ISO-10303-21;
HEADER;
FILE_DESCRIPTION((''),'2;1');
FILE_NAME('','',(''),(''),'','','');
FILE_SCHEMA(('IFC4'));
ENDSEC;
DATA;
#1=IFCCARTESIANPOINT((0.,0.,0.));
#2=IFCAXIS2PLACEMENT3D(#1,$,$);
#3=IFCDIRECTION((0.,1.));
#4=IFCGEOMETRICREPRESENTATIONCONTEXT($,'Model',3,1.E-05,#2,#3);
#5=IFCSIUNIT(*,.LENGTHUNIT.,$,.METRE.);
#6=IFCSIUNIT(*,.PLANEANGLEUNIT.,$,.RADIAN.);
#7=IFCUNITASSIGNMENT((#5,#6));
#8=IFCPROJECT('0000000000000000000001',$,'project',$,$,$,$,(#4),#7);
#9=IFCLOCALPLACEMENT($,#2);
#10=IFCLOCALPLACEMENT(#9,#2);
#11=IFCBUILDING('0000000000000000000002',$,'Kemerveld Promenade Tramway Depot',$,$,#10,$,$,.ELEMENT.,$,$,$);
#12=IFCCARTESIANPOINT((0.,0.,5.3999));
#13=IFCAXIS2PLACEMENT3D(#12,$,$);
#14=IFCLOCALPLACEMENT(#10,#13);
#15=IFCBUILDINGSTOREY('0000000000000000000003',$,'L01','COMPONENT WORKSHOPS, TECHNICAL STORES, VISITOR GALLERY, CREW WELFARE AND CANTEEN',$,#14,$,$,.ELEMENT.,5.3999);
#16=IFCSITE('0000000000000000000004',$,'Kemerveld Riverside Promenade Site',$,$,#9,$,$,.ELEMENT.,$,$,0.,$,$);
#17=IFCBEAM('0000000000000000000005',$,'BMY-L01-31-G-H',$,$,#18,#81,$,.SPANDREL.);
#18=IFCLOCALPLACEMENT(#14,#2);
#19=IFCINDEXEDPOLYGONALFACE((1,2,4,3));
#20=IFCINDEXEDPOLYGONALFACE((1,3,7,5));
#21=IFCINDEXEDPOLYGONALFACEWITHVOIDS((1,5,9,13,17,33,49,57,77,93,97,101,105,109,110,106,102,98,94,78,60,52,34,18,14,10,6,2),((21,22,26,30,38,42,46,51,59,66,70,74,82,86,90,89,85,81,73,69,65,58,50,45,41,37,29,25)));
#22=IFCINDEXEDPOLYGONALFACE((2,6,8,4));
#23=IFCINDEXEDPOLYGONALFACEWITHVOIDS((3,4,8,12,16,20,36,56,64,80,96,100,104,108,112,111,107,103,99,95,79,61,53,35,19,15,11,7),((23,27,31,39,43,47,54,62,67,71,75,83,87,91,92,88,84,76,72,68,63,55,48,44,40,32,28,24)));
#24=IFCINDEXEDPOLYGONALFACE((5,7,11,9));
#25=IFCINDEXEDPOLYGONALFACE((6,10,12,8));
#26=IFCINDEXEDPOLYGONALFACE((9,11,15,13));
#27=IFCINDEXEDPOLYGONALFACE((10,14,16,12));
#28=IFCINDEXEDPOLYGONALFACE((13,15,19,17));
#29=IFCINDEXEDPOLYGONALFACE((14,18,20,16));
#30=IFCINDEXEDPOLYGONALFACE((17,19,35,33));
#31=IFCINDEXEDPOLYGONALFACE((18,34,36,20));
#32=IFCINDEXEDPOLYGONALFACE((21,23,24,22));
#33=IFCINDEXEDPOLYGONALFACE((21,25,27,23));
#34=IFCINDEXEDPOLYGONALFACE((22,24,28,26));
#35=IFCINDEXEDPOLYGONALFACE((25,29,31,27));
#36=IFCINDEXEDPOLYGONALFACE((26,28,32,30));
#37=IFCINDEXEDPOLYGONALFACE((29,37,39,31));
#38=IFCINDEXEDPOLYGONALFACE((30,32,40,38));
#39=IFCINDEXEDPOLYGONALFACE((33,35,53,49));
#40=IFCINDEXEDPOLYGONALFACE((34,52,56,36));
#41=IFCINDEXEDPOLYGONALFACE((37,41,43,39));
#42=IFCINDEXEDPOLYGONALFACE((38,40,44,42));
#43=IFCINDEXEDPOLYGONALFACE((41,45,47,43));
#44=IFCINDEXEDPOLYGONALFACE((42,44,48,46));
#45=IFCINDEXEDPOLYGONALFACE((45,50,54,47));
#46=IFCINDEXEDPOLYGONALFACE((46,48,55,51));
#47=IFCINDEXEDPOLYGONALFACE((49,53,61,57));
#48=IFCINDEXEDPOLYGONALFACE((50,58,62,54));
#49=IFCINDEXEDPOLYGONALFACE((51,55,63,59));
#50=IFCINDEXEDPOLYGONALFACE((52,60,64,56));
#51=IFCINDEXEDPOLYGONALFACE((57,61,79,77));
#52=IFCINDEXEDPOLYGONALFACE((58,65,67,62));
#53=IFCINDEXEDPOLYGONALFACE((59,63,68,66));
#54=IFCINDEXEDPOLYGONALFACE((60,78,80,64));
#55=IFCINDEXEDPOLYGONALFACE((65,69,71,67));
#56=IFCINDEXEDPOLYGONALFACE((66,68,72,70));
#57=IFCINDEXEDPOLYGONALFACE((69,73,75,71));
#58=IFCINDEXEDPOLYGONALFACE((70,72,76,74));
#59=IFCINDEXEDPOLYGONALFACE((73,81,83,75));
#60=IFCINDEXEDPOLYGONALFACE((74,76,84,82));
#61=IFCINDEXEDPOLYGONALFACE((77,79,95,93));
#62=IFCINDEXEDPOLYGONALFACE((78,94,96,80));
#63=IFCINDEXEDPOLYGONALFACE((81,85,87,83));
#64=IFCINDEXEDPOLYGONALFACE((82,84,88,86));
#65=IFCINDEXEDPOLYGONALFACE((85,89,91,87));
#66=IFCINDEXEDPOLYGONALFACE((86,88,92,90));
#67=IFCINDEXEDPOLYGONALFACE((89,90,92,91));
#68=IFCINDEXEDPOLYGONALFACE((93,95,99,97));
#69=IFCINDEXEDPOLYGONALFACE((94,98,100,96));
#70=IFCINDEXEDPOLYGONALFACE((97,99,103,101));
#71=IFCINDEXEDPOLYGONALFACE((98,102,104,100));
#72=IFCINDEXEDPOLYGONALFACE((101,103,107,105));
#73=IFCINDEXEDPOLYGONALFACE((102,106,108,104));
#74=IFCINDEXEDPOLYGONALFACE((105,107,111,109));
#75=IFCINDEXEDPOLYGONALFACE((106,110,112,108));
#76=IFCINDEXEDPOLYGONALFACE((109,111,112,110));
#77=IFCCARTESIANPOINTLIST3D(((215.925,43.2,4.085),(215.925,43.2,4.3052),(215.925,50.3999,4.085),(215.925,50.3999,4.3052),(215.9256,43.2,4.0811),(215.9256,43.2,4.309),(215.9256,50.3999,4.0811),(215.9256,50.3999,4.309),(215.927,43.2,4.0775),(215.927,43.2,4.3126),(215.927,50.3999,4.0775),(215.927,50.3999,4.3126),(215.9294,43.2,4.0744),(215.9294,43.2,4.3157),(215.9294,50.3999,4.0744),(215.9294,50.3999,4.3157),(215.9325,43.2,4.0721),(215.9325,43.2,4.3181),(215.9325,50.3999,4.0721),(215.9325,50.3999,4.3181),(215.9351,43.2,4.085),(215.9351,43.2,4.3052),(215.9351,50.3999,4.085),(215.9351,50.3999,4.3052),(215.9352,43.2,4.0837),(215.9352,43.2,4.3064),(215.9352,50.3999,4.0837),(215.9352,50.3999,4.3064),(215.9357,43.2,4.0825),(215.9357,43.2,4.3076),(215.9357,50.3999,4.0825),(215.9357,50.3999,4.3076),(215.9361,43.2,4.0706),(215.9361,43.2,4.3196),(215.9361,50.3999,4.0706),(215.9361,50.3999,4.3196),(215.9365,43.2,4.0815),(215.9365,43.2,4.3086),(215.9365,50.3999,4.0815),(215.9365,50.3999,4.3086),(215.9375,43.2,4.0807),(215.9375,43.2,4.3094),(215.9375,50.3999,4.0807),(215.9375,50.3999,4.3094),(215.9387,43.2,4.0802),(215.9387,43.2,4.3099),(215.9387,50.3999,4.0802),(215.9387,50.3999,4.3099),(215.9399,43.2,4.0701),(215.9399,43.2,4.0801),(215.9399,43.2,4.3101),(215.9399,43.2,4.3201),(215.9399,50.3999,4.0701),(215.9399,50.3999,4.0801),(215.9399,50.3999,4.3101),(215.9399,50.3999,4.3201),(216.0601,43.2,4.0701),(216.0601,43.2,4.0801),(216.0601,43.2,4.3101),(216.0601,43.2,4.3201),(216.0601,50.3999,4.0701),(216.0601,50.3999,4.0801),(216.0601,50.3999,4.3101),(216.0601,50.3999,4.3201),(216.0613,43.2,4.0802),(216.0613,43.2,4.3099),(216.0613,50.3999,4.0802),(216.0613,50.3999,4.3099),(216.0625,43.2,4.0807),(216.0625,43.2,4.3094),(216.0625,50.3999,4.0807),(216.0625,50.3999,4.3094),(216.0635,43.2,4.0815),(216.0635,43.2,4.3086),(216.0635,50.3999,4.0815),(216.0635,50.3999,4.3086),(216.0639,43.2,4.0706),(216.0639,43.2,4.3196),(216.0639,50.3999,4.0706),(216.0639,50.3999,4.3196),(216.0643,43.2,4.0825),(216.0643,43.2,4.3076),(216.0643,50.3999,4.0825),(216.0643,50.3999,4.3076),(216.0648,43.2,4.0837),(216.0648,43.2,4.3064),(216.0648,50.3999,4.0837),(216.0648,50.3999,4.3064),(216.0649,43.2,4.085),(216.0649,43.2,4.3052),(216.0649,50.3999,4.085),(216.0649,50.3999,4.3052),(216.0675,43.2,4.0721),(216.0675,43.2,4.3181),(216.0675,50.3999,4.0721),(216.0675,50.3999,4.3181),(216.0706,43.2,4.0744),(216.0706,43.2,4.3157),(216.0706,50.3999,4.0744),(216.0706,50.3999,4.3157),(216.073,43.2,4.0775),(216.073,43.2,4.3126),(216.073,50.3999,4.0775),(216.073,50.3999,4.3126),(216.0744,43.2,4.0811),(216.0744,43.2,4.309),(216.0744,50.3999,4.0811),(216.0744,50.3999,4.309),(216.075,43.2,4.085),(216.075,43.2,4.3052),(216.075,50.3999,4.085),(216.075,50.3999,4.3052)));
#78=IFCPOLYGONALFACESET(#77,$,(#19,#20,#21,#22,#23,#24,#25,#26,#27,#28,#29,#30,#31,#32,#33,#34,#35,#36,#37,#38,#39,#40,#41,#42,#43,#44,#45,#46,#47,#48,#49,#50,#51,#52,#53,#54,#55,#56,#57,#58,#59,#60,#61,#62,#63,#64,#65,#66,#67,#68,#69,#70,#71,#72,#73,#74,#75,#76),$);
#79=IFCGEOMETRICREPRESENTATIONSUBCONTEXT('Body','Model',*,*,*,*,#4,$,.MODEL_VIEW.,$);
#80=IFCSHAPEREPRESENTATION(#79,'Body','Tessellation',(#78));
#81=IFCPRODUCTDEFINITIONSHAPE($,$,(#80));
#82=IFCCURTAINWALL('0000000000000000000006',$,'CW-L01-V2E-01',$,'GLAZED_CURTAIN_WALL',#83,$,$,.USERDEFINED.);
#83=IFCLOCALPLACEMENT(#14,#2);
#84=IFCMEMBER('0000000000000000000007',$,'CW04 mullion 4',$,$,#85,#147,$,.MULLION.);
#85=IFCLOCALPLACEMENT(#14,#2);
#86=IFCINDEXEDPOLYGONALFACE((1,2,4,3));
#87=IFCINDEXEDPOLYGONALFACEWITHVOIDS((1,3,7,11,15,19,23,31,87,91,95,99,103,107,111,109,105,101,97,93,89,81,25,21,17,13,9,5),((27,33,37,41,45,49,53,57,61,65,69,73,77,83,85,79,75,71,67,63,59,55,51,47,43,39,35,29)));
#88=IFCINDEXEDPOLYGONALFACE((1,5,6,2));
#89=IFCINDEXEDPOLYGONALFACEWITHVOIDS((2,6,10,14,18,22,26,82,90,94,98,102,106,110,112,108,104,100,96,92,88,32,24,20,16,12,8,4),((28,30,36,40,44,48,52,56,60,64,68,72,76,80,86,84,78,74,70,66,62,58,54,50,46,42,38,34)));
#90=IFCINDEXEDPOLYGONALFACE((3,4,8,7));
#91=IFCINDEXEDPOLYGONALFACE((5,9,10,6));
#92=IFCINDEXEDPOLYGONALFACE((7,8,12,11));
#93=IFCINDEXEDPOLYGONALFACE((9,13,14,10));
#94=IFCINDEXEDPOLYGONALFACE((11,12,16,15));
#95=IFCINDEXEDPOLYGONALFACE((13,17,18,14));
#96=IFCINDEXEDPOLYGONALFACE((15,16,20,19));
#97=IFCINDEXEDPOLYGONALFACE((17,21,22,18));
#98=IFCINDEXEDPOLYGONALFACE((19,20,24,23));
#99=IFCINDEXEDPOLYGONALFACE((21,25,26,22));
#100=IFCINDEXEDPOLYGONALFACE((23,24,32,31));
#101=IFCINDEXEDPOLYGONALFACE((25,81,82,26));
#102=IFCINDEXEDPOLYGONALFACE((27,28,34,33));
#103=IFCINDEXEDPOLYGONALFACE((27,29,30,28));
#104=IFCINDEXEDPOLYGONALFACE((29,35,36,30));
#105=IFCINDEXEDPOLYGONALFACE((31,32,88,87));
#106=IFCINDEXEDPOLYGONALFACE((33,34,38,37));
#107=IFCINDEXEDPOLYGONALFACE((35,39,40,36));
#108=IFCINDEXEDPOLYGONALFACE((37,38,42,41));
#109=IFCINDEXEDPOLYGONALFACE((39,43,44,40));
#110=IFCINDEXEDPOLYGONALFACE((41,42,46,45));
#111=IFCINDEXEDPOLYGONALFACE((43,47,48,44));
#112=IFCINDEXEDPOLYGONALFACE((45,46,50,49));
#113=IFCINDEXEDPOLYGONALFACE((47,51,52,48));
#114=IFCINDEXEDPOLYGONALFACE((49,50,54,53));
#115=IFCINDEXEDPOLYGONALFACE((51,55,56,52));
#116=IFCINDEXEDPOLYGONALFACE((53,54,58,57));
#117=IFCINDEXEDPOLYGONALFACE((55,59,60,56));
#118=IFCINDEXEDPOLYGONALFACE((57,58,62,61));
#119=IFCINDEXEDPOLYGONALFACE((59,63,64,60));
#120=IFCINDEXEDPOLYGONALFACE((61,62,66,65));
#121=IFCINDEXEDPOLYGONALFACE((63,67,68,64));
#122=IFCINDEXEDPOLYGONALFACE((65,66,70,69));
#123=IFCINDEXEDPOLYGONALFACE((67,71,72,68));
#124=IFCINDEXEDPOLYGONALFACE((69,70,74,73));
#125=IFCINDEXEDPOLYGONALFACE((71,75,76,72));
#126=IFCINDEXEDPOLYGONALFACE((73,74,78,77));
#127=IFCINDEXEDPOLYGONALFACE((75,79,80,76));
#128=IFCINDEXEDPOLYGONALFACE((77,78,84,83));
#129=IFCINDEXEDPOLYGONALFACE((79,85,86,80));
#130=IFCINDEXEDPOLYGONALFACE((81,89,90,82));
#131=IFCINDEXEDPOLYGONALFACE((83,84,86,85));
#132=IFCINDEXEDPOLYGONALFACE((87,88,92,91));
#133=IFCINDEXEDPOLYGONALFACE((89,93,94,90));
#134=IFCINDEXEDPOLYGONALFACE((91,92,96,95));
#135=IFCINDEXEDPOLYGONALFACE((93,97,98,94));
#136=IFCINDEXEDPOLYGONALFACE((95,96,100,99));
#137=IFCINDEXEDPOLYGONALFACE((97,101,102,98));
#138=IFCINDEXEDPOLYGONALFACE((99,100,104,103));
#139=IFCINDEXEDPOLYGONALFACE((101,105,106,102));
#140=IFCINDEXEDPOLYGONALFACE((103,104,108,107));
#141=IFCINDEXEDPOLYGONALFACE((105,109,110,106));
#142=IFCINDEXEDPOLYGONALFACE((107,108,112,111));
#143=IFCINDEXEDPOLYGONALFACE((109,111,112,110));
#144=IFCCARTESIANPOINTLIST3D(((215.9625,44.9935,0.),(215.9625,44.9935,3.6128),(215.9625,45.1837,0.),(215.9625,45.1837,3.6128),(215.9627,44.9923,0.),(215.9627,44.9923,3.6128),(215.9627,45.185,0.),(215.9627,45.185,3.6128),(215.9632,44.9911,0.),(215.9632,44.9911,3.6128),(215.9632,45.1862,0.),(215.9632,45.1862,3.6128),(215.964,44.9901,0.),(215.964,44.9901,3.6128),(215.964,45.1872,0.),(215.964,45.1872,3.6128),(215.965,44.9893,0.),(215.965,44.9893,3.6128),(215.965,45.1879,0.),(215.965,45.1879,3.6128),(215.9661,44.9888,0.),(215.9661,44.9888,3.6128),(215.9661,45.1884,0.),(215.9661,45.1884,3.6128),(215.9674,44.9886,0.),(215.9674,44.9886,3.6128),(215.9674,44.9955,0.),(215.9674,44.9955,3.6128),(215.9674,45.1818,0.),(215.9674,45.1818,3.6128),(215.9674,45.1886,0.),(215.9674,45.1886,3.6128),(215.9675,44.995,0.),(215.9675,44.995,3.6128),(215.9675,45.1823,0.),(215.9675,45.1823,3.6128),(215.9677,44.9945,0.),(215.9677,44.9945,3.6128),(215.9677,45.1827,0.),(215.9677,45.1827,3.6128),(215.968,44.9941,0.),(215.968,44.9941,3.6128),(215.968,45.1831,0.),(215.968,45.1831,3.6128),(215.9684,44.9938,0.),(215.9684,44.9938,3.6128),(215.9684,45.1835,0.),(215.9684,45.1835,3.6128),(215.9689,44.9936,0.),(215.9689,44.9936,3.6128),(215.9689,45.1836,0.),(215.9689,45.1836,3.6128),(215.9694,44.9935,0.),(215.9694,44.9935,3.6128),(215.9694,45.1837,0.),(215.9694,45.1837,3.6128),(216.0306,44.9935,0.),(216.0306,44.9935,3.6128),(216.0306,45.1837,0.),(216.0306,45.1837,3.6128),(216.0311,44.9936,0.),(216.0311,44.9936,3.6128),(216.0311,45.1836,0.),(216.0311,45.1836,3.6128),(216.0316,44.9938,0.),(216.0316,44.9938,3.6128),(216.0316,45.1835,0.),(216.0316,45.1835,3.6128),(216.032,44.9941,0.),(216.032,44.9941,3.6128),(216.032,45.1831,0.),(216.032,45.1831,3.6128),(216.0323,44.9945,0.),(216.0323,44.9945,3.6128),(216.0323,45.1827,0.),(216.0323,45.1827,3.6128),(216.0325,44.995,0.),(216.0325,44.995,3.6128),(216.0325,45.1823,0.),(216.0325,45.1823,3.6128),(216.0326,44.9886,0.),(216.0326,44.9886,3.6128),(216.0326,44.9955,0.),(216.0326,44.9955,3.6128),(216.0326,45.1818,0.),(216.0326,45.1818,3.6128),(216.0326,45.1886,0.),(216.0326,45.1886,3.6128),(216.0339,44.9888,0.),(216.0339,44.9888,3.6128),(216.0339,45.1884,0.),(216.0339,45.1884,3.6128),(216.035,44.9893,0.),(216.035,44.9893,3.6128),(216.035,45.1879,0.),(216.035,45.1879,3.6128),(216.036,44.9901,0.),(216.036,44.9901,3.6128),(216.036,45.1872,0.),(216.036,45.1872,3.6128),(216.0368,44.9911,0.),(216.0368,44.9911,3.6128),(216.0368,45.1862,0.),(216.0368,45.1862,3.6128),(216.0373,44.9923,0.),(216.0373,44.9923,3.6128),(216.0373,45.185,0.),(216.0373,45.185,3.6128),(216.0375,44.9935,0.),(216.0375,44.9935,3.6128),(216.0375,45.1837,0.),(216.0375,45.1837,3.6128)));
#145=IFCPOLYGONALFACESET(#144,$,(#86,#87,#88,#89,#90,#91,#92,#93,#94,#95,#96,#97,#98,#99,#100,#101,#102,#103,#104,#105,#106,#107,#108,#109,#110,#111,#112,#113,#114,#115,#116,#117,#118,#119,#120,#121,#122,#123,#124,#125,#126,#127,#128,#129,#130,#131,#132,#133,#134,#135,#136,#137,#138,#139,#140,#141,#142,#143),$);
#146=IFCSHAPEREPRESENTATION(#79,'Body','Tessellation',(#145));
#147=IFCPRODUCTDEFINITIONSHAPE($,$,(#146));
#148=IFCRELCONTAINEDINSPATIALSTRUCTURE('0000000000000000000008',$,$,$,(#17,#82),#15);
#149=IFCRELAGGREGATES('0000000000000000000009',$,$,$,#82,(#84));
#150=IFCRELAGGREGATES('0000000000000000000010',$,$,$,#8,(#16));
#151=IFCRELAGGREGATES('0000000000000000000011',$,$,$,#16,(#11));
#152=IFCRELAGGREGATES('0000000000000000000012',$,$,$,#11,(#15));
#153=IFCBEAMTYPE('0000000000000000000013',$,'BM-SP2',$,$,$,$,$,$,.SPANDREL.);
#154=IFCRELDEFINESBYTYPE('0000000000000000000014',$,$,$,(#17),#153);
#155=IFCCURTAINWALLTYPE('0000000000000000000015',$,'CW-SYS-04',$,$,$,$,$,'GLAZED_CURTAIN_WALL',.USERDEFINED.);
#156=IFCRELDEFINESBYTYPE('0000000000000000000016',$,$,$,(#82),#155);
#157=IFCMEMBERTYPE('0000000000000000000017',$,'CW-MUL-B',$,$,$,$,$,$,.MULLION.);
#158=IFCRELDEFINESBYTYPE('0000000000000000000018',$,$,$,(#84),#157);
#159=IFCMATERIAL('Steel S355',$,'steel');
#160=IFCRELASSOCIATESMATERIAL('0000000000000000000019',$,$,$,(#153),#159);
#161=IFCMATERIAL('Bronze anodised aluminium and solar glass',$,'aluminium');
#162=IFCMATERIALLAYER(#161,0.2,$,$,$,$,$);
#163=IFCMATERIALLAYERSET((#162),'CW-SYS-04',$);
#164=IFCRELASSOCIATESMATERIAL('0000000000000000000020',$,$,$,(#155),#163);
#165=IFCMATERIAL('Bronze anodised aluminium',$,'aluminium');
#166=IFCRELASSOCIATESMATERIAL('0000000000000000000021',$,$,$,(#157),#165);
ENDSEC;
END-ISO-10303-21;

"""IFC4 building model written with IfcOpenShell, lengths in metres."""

from ifc_helpers import new_model, si_unit, direction, frame, origin, origin_2d, place, context, subcontext, project, spatial, hollow_rectangle, extrude, material, layer, layer_set, material_profile, profile_set, type_object, element, aggregate, save


model = new_model("IFC4")

# Units and contexts
model_context = context("Model", 3, precision=1e-05, world=origin(), true_north=direction((0.0, 1.0)))
body_context = subcontext(model_context, "Body", "Model", "MODEL_VIEW")
ifc_project = project(units=[si_unit("LENGTHUNIT", "METRE"), si_unit("PLANEANGLEUNIT", "RADIAN")], contexts=[model_context])

# Site, building, storey
site_placement = place(None, origin())
site = spatial("IfcSite", under=ifc_project, at=site_placement, Name="Kemerveld Riverside Promenade Site", CompositionType="ELEMENT", RefElevation=0.0)
building_placement = place(site_placement, origin())
building = spatial("IfcBuilding", under=site, at=building_placement, Name="Kemerveld Promenade Tramway Depot", CompositionType="ELEMENT")
storey_placement = place(building_placement, frame((0.0, 0.0, 5.3999)))
storey = spatial("IfcBuildingStorey", under=building, at=storey_placement, Name="L01", Description="COMPONENT WORKSHOPS, TECHNICAL STORES, VISITOR GALLERY, CREW WELFARE AND CANTEEN", CompositionType="ELEMENT", Elevation=5.3999)

# Shared definitions
ifc_material_1 = material(Name="Steel S355", Category="steel")

# Beam
ifc_material_profile_1 = material_profile(ifc_material_1, hollow_rectangle(XDim=0.1499, YDim=0.25, WallThickness=0.01, InnerFilletRadius=0.0049, OuterFilletRadius=0.0149, at=origin_2d()), Name="250x150x10.0 RHS")
ifc_profile_set_1 = profile_set([ifc_material_profile_1], Name="Steel S355")
beam_type_1 = type_object("IfcBeamType", Name="BM-SP2", PredefinedType="SPANDREL", material=ifc_profile_set_1)
beam_1_placement = place(storey_placement, frame((216.0, 43.2, 4.1951), z_axis=(0.0, 1.0, 0.0), x_axis=(-1.0, 0.0, 0.0)))
element("IfcBeam", 1, at=beam_1_placement, inside=storey, type_object=beam_type_1, Name="BMY-L01-31-G-H", PredefinedType="SPANDREL", context=body_context, shape_type="SweptSolid", body=[
    extrude(hollow_rectangle(XDim=0.1499, YDim=0.25, WallThickness=0.01, InnerFilletRadius=0.0049, OuterFilletRadius=0.0149, at=origin_2d()), origin(), (0.0, 0.0, 1.0), 7.2),
])

# Curtain wall, member
ifc_material_2 = material(Name="Bronze anodised aluminium and solar glass", Category="aluminium")
ifc_layer_1 = layer(ifc_material_2, 0.2)
ifc_layer_set_1 = layer_set([ifc_layer_1], Name="CW-SYS-04")
curtain_wall_type = type_object("IfcCurtainWallType", Name="CW-SYS-04", ElementType="GLAZED_CURTAIN_WALL", PredefinedType="USERDEFINED", material=ifc_layer_set_1)
curtain_wall_placement = place(storey_placement, origin())
curtain_wall = element("IfcCurtainWall", 2, at=curtain_wall_placement, inside=storey, type_object=curtain_wall_type, Name="CW-L01-V2E-01", ObjectType="GLAZED_CURTAIN_WALL", PredefinedType="USERDEFINED")
ifc_material_3 = material(Name="Bronze anodised aluminium", Category="aluminium")
ifc_material_profile_2 = material_profile(ifc_material_3, hollow_rectangle(XDim=0.075, YDim=0.2, WallThickness=0.0049, InnerFilletRadius=0.002, OuterFilletRadius=0.0049, at=origin_2d()), Name="CW-MUL-200x75")
ifc_profile_set_2 = profile_set([ifc_material_profile_2], Name="Bronze anodised aluminium")
member_type_1 = type_object("IfcMemberType", Name="CW-MUL-B", PredefinedType="MULLION", material=ifc_profile_set_2)
member_1_placement = place(storey_placement, frame((216.0, 45.0886, 0.0), z_axis=(0.0, 0.0, 1.0), x_axis=(1.0, 0.0, 0.0)))
member_1 = element("IfcMember", 3, at=member_1_placement, type_object=member_type_1, Name="CW04 mullion 4", PredefinedType="MULLION", context=body_context, shape_type="SweptSolid", body=[
    extrude(hollow_rectangle(XDim=0.075, YDim=0.2, WallThickness=0.0049, InnerFilletRadius=0.002, OuterFilletRadius=0.0049, at=origin_2d()), origin(), (0.0, 0.0, 1.0), 3.6128),
])
aggregate(curtain_wall, [member_1])

save(model, "model.ifc")
